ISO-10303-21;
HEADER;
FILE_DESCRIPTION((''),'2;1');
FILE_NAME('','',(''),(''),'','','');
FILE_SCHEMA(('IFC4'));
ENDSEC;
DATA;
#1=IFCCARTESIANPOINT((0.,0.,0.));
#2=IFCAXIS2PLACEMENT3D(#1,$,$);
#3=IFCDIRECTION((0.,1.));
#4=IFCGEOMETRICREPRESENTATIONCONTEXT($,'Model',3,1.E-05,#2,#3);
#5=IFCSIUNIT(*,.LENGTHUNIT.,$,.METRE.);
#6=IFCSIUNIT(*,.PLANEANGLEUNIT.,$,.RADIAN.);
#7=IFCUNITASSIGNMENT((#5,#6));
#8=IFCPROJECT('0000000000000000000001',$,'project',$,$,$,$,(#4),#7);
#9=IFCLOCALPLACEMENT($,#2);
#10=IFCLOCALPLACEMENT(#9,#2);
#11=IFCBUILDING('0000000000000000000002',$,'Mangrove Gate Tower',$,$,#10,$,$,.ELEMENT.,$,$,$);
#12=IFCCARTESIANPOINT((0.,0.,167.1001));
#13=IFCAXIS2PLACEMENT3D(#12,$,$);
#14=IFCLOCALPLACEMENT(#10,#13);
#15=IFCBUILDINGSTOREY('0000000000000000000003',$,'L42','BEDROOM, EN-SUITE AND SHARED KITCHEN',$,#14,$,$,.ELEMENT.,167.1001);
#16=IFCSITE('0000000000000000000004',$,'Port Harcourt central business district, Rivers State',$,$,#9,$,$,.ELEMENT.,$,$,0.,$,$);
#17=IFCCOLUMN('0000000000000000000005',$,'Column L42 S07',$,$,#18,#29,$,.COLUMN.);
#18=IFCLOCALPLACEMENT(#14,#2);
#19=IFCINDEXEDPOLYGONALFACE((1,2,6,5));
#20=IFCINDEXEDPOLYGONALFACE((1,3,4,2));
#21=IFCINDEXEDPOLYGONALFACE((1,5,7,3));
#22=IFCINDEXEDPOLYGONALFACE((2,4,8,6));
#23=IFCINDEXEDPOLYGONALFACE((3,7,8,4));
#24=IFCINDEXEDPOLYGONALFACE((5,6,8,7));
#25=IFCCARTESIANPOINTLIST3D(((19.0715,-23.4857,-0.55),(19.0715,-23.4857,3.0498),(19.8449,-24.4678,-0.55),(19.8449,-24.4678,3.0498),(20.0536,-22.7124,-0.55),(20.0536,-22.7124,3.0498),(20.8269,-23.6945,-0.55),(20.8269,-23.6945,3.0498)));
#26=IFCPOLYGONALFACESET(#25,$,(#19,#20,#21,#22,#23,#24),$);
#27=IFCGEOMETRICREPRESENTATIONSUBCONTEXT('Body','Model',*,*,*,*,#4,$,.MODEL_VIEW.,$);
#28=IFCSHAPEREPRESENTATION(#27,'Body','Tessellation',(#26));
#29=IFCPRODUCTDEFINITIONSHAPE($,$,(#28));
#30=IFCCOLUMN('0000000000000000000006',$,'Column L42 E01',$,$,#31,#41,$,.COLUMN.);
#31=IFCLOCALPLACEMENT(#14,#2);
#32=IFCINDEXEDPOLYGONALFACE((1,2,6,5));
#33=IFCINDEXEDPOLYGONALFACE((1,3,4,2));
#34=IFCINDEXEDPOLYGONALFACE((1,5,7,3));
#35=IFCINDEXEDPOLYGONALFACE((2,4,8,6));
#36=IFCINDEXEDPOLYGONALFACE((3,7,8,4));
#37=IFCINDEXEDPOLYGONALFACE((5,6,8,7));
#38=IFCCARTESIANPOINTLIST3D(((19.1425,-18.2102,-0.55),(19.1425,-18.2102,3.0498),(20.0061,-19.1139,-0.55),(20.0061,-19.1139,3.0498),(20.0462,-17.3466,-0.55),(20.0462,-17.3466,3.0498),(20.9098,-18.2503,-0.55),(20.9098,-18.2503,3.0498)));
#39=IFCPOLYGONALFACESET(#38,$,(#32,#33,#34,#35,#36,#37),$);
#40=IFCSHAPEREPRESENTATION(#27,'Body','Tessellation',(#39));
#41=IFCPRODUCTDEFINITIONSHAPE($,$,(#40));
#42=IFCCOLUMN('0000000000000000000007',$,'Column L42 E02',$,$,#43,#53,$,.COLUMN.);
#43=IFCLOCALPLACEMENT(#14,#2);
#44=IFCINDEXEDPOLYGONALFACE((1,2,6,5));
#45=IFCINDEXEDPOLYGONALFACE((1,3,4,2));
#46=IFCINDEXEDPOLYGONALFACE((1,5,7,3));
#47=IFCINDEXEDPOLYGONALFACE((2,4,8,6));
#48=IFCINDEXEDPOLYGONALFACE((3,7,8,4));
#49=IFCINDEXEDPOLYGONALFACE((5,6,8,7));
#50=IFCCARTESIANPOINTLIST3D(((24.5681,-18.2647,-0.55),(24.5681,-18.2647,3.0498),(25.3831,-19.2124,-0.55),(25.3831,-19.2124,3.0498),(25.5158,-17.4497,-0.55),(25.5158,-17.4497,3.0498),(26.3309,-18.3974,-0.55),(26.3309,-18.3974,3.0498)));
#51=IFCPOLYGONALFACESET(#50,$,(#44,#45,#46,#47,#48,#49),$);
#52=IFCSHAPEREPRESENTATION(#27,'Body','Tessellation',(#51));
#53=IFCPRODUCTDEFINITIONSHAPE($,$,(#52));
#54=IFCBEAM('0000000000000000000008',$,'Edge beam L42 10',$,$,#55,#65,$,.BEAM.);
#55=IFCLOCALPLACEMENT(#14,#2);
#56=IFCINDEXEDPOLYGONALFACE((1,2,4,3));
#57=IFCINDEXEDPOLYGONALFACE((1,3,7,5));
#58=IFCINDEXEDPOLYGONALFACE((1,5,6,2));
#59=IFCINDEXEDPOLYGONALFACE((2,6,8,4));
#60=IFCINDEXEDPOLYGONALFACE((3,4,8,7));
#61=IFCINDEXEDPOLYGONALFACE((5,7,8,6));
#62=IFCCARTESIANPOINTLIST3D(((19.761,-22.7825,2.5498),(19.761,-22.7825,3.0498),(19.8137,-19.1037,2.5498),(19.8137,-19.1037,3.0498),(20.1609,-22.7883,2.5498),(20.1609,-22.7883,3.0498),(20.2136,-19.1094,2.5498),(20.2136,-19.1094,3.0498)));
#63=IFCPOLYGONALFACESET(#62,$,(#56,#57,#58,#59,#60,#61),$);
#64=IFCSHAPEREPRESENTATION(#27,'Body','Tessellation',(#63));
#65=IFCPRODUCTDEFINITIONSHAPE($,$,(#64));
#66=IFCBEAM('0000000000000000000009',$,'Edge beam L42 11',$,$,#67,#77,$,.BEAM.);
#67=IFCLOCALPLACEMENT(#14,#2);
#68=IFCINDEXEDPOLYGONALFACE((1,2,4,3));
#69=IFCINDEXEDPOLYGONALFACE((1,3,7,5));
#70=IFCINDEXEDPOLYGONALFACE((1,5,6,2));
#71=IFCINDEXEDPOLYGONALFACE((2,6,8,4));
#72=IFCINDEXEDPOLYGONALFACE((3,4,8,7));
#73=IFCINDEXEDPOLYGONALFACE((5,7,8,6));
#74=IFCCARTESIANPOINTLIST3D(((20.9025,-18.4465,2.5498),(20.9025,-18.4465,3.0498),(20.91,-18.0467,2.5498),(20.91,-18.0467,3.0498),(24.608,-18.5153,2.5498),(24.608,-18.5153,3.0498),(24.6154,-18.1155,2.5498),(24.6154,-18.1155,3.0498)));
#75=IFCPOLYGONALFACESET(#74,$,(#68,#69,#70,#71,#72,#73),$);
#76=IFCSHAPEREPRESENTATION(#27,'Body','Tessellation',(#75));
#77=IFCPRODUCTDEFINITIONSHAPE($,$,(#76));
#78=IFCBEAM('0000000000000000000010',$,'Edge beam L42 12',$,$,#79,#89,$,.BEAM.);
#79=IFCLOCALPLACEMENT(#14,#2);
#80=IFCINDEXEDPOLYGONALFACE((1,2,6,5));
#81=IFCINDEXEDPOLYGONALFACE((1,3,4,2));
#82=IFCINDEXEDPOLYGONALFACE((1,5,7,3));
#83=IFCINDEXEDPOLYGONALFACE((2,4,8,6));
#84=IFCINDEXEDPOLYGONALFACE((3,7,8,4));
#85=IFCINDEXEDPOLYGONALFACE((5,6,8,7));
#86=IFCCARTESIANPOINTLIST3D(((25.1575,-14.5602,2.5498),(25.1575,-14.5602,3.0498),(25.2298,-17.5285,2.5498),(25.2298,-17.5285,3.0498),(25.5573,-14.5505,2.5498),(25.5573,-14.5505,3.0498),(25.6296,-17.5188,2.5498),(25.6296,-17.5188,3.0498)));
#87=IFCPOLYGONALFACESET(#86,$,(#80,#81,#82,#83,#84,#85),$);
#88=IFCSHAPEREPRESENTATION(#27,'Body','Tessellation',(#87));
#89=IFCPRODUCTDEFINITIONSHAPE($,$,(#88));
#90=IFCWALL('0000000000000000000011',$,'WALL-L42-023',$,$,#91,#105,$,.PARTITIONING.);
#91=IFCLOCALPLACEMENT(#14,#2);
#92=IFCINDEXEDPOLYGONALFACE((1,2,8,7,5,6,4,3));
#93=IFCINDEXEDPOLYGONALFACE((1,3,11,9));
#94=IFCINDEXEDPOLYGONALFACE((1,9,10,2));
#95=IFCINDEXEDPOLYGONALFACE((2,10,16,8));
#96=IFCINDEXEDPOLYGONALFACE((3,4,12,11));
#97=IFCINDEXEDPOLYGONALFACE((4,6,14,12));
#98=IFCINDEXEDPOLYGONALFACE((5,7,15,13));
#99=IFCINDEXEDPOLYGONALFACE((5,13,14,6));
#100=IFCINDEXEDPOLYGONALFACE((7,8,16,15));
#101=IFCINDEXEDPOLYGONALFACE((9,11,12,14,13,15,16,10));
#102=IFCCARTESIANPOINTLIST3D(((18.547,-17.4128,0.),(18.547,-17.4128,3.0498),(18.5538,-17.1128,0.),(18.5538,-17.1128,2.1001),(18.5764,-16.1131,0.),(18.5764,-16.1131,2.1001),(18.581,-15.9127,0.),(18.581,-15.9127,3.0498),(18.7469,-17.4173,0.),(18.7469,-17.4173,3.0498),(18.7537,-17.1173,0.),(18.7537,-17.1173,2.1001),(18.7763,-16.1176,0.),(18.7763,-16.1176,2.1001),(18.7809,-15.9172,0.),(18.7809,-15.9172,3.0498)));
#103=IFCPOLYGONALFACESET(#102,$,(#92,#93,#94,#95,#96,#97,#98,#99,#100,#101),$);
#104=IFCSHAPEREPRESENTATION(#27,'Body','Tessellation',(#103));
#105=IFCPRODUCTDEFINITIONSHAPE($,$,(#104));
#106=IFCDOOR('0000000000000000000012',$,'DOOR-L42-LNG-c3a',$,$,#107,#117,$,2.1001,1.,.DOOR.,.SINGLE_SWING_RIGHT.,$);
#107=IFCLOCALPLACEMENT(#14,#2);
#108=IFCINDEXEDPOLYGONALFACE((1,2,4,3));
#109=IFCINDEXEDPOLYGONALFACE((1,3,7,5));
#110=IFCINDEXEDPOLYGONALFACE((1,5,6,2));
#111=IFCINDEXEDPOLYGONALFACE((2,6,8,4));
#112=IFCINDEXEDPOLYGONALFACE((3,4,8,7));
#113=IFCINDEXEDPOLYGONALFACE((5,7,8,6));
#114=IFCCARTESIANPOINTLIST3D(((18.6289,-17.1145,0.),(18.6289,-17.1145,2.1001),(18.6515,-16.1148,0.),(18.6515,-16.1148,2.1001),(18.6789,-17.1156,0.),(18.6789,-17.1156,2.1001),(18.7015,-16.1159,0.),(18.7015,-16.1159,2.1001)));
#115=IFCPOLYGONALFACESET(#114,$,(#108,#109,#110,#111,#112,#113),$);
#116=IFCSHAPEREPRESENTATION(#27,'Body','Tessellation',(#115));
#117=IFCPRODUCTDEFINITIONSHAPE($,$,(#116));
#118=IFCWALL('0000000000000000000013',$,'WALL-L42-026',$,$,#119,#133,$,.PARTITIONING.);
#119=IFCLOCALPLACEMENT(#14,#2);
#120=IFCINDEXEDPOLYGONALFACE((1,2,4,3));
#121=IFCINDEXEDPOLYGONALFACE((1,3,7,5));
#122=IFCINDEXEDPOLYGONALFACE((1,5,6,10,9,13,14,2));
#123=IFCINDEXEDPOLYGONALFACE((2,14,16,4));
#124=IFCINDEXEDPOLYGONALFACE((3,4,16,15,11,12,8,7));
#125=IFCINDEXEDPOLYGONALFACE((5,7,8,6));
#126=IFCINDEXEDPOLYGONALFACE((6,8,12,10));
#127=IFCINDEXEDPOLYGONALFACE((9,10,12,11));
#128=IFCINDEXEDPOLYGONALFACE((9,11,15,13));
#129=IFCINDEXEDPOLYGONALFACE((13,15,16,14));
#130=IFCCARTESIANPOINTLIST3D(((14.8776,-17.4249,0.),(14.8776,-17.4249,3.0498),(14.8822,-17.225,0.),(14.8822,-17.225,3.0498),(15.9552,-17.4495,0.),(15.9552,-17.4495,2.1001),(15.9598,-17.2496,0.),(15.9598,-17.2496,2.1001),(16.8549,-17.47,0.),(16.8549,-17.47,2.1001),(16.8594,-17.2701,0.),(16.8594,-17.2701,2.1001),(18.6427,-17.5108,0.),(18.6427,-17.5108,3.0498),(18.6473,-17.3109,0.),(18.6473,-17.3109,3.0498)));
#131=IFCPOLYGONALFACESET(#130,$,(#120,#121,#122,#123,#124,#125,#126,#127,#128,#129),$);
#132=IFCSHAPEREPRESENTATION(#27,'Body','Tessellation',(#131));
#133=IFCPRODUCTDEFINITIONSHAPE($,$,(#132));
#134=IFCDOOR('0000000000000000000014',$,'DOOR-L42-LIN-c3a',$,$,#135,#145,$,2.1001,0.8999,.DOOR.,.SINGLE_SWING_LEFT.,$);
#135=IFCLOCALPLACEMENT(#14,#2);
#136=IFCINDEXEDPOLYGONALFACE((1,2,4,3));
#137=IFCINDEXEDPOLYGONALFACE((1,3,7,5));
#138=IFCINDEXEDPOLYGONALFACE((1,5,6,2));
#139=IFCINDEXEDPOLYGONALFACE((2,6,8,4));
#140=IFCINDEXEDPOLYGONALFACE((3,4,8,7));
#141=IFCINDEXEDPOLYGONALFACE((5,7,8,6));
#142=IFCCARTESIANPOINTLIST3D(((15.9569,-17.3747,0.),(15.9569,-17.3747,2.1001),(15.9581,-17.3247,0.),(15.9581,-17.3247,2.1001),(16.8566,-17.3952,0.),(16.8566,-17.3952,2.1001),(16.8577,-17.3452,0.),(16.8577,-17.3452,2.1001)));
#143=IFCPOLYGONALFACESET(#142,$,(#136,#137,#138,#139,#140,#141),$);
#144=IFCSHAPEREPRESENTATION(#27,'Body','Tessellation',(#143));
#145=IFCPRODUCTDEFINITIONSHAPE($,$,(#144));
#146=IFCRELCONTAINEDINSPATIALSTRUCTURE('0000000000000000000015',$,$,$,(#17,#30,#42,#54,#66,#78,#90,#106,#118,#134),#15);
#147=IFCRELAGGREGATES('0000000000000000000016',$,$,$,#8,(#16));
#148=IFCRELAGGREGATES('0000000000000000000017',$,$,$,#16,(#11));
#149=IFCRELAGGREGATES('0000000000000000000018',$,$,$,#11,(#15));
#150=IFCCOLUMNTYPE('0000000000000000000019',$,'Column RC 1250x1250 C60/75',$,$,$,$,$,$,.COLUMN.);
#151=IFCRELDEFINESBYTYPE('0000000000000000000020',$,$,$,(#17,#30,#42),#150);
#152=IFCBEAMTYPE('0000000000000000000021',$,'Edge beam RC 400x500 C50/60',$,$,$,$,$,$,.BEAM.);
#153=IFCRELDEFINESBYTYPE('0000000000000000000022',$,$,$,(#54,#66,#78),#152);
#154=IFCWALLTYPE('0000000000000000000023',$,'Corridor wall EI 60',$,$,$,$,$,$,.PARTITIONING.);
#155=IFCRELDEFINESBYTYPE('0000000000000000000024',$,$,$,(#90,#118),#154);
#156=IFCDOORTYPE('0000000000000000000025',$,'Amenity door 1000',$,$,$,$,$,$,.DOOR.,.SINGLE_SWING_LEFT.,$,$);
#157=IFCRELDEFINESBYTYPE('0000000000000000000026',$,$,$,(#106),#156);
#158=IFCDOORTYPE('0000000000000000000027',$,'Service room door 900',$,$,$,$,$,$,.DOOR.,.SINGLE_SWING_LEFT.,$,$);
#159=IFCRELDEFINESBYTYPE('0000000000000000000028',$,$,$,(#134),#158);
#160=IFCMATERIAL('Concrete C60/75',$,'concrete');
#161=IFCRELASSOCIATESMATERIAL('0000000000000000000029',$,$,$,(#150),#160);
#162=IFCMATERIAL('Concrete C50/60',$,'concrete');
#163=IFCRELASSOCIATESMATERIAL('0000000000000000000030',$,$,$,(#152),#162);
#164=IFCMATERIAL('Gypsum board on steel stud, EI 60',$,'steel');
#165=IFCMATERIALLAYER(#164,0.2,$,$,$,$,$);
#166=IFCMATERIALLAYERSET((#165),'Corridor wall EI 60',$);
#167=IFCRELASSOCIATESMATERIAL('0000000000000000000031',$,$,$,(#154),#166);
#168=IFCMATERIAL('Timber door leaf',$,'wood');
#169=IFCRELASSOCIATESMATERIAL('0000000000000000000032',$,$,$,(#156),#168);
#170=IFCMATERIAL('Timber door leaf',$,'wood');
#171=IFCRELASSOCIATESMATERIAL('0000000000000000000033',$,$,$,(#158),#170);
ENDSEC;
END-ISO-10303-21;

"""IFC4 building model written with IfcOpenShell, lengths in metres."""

from ifc_helpers import new_model, si_unit, direction, frame, frame_2d, origin, origin_2d, place, context, subcontext, project, spatial, rectangle, extrude, material, layer, layer_set, material_profile, profile_set, type_object, element, fill, save


model = new_model("IFC4")

# Units and contexts
model_context = context("Model", 3, precision=1e-05, world=origin(), true_north=direction((0.0, 1.0)))
body_context = subcontext(model_context, "Body", "Model", "MODEL_VIEW")
ifc_project = project(units=[si_unit("LENGTHUNIT", "METRE"), si_unit("PLANEANGLEUNIT", "RADIAN")], contexts=[model_context])

# Site, building, storey
site_placement = place(None, origin())
site = spatial("IfcSite", under=ifc_project, at=site_placement, Name="Port Harcourt central business district, Rivers State", CompositionType="ELEMENT", RefElevation=0.0)
building_placement = place(site_placement, origin())
building = spatial("IfcBuilding", under=site, at=building_placement, Name="Mangrove Gate Tower", CompositionType="ELEMENT")
storey_placement = place(building_placement, frame((0.0, 0.0, 167.1001)))
storey = spatial("IfcBuildingStorey", under=building, at=storey_placement, Name="L42", Description="BEDROOM, EN-SUITE AND SHARED KITCHEN", CompositionType="ELEMENT", Elevation=167.1001)

# Columns
ifc_material_1 = material(Name="Concrete C60/75", Category="concrete")
ifc_material_profile_1 = material_profile(ifc_material_1, rectangle(XDim=1.25, YDim=1.25, at=origin_2d()))
ifc_profile_set_1 = profile_set([ifc_material_profile_1], Name="Concrete C60/75")
column_type = type_object("IfcColumnType", Name="Column RC 1250x1250 C60/75", PredefinedType="COLUMN", material=ifc_profile_set_1)
for number, where, z_axis, x_axis, name in (
    (1, (19.9492, -23.5901, -0.55), (0.0, 0.0, 1.0), (0.785651, 0.61867, 0.0), "Column L42 S07"),
    (2, (20.0261, -18.2302, -0.55), (0.0, 0.0, 1.0), (0.722966, 0.690884, 0.0), "Column L42 E01"),
    (3, (25.4495, -18.3311, -0.55), (0.0, 0.0, 1.0), (0.758168, 0.65206, 0.0), "Column L42 E02"),
):
    element("IfcColumn", number, at=place(storey_placement, frame(where, z_axis=z_axis, x_axis=x_axis)), inside=storey, type_object=column_type, Name=name, PredefinedType="COLUMN", context=body_context, shape_type="SweptSolid", body=[
        extrude(rectangle(XDim=1.25, YDim=1.25, at=origin_2d()), origin(), (0.0, 0.0, 1.0), 3.5999),
    ])

# Beams
ifc_material_2 = material(Name="Concrete C50/60", Category="concrete")
ifc_material_profile_2 = material_profile(ifc_material_2, rectangle(XDim=0.3999, YDim=0.5, at=origin_2d()))
ifc_profile_set_2 = profile_set([ifc_material_profile_2], Name="Concrete C50/60")
beam_type = type_object("IfcBeamType", Name="Edge beam RC 400x500 C50/60", PredefinedType="BEAM", material=ifc_profile_set_2)
beam_1_placement = place(storey_placement, frame((19.9609, -22.7854, 2.7998), z_axis=(0.014334, 0.999897, 0.0), x_axis=(-0.999897, 0.014334, 0.0)))
element("IfcBeam", 4, at=beam_1_placement, inside=storey, type_object=beam_type, Name="Edge beam L42 10", PredefinedType="BEAM", context=body_context, shape_type="SweptSolid", body=[
    extrude(rectangle(XDim=0.3999, YDim=0.5, at=origin_2d()), origin(), (0.0, 0.0, 1.0), 3.6792),
])
beam_2_placement = place(storey_placement, frame((20.9062, -18.2466, 2.7998), z_axis=(0.999827, -0.018578, 0.0), x_axis=(0.018578, 0.999827, 0.0)))
element("IfcBeam", 5, at=beam_2_placement, inside=storey, type_object=beam_type, Name="Edge beam L42 11", PredefinedType="BEAM", context=body_context, shape_type="SweptSolid", body=[
    extrude(rectangle(XDim=0.3999, YDim=0.5, at=origin_2d()), origin(), (0.0, 0.0, 1.0), 3.7061),
])
beam_3_placement = place(storey_placement, frame((25.4297, -17.5237, 2.7998), z_axis=(-0.024339, 0.999704, 0.0), x_axis=(-0.999704, -0.024339, 0.0)))
element("IfcBeam", 6, at=beam_3_placement, inside=storey, type_object=beam_type, Name="Edge beam L42 12", PredefinedType="BEAM", context=body_context, shape_type="SweptSolid", body=[
    extrude(rectangle(XDim=0.3999, YDim=0.5, at=origin_2d()), origin(), (0.0, 0.0, 1.0), 2.9692),
])

# Walls, openings, doors
ifc_material_3 = material(Name="Gypsum board on steel stud, EI 60", Category="steel")
ifc_layer_1 = layer(ifc_material_3, 0.2)
ifc_layer_set_1 = layer_set([ifc_layer_1], Name="Corridor wall EI 60")
wall_type_1 = type_object("IfcWallType", Name="Corridor wall EI 60", PredefinedType="PARTITIONING", material=ifc_layer_set_1)
wall_1_placement = place(storey_placement, frame((18.647, -17.415, 0.0), z_axis=(0.0, 0.0, 1.0), x_axis=(0.022618, 0.999744, 0.0)))
wall_1 = element("IfcWall", 7, at=wall_1_placement, inside=storey, type_object=wall_type_1, Name="WALL-L42-023", PredefinedType="PARTITIONING", context=body_context, shape_type="SweptSolid", body=[
    extrude(rectangle(XDim=1.5005, YDim=0.2, at=frame_2d((0.7502, 0.0))), origin(), (0.0, 0.0, 1.0), 3.0498),
])
opening_1_placement = place(wall_1_placement, frame((0.3, 0.0, 0.0)))
opening_1 = element("IfcOpeningElement", 8, at=opening_1_placement, cuts=wall_1, PredefinedType="OPENING", context=body_context, shape_type="SweptSolid", body=[
    extrude(rectangle(XDim=1.0, YDim=2.1001, at=frame_2d((0.5, 1.05))), frame((0.0, 0.1099, 0.0), z_axis=(0.0, -1.0, 0.0), x_axis=(1.0, 0.0, 0.0)), (0.0, 0.0, 1.0), 0.22),
])
ifc_material_4 = material(Name="Timber door leaf", Category="wood")
door_type_1 = type_object("IfcDoorType", Name="Amenity door 1000", OperationType="SINGLE_SWING_LEFT", PredefinedType="DOOR", material=ifc_material_4)
door_1_placement = place(opening_1_placement, origin())
door_1 = element("IfcDoor", 9, at=door_1_placement, inside=storey, type_object=door_type_1, Name="DOOR-L42-LNG-c3a", OperationType="SINGLE_SWING_RIGHT", OverallHeight=2.1001, OverallWidth=1.0, PredefinedType="DOOR", context=body_context, shape_type="SweptSolid", body=[
    extrude(rectangle(XDim=1.0, YDim=2.1001, at=frame_2d((0.5, 1.05))), frame((0.0, 0.0249, 0.0), z_axis=(0.0, -1.0, 0.0), x_axis=(1.0, 0.0, 0.0)), (0.0, 0.0, 1.0), 0.05),
])
fill(opening_1, door_1)
wall_2_placement = place(storey_placement, frame((14.8799, -17.325, 0.0), z_axis=(0.0, 0.0, 1.0), x_axis=(0.99974, -0.022819, 0.0)))
wall_2 = element("IfcWall", 10, at=wall_2_placement, inside=storey, type_object=wall_type_1, Name="WALL-L42-026", PredefinedType="PARTITIONING", context=body_context, shape_type="SweptSolid", body=[
    extrude(rectangle(XDim=3.7661, YDim=0.2, at=frame_2d((1.8831, 0.0))), origin(), (0.0, 0.0, 1.0), 3.0498),
])
opening_2_placement = place(wall_2_placement, frame((1.0779, 0.0, 0.0)))
opening_2 = element("IfcOpeningElement", 11, at=opening_2_placement, cuts=wall_2, PredefinedType="OPENING", context=body_context, shape_type="SweptSolid", body=[
    extrude(rectangle(XDim=0.8999, YDim=2.1001, at=frame_2d((0.45, 1.05))), frame((0.0, 0.1099, 0.0), z_axis=(0.0, -1.0, 0.0), x_axis=(1.0, 0.0, 0.0)), (0.0, 0.0, 1.0), 0.22),
])
ifc_material_5 = material(Name="Timber door leaf", Category="wood")
door_type_2 = type_object("IfcDoorType", Name="Service room door 900", OperationType="SINGLE_SWING_LEFT", PredefinedType="DOOR", material=ifc_material_5)
door_2_placement = place(opening_2_placement, origin())
door_2 = element("IfcDoor", 12, at=door_2_placement, inside=storey, type_object=door_type_2, Name="DOOR-L42-LIN-c3a", OperationType="SINGLE_SWING_LEFT", OverallHeight=2.1001, OverallWidth=0.8999, PredefinedType="DOOR", context=body_context, shape_type="SweptSolid", body=[
    extrude(rectangle(XDim=0.8999, YDim=2.1001, at=frame_2d((0.45, 1.05))), frame((0.0, 0.0249, 0.0), z_axis=(0.0, -1.0, 0.0), x_axis=(1.0, 0.0, 0.0)), (0.0, 0.0, 1.0), 0.05),
])
fill(opening_2, door_2)

save(model, "model.ifc")
